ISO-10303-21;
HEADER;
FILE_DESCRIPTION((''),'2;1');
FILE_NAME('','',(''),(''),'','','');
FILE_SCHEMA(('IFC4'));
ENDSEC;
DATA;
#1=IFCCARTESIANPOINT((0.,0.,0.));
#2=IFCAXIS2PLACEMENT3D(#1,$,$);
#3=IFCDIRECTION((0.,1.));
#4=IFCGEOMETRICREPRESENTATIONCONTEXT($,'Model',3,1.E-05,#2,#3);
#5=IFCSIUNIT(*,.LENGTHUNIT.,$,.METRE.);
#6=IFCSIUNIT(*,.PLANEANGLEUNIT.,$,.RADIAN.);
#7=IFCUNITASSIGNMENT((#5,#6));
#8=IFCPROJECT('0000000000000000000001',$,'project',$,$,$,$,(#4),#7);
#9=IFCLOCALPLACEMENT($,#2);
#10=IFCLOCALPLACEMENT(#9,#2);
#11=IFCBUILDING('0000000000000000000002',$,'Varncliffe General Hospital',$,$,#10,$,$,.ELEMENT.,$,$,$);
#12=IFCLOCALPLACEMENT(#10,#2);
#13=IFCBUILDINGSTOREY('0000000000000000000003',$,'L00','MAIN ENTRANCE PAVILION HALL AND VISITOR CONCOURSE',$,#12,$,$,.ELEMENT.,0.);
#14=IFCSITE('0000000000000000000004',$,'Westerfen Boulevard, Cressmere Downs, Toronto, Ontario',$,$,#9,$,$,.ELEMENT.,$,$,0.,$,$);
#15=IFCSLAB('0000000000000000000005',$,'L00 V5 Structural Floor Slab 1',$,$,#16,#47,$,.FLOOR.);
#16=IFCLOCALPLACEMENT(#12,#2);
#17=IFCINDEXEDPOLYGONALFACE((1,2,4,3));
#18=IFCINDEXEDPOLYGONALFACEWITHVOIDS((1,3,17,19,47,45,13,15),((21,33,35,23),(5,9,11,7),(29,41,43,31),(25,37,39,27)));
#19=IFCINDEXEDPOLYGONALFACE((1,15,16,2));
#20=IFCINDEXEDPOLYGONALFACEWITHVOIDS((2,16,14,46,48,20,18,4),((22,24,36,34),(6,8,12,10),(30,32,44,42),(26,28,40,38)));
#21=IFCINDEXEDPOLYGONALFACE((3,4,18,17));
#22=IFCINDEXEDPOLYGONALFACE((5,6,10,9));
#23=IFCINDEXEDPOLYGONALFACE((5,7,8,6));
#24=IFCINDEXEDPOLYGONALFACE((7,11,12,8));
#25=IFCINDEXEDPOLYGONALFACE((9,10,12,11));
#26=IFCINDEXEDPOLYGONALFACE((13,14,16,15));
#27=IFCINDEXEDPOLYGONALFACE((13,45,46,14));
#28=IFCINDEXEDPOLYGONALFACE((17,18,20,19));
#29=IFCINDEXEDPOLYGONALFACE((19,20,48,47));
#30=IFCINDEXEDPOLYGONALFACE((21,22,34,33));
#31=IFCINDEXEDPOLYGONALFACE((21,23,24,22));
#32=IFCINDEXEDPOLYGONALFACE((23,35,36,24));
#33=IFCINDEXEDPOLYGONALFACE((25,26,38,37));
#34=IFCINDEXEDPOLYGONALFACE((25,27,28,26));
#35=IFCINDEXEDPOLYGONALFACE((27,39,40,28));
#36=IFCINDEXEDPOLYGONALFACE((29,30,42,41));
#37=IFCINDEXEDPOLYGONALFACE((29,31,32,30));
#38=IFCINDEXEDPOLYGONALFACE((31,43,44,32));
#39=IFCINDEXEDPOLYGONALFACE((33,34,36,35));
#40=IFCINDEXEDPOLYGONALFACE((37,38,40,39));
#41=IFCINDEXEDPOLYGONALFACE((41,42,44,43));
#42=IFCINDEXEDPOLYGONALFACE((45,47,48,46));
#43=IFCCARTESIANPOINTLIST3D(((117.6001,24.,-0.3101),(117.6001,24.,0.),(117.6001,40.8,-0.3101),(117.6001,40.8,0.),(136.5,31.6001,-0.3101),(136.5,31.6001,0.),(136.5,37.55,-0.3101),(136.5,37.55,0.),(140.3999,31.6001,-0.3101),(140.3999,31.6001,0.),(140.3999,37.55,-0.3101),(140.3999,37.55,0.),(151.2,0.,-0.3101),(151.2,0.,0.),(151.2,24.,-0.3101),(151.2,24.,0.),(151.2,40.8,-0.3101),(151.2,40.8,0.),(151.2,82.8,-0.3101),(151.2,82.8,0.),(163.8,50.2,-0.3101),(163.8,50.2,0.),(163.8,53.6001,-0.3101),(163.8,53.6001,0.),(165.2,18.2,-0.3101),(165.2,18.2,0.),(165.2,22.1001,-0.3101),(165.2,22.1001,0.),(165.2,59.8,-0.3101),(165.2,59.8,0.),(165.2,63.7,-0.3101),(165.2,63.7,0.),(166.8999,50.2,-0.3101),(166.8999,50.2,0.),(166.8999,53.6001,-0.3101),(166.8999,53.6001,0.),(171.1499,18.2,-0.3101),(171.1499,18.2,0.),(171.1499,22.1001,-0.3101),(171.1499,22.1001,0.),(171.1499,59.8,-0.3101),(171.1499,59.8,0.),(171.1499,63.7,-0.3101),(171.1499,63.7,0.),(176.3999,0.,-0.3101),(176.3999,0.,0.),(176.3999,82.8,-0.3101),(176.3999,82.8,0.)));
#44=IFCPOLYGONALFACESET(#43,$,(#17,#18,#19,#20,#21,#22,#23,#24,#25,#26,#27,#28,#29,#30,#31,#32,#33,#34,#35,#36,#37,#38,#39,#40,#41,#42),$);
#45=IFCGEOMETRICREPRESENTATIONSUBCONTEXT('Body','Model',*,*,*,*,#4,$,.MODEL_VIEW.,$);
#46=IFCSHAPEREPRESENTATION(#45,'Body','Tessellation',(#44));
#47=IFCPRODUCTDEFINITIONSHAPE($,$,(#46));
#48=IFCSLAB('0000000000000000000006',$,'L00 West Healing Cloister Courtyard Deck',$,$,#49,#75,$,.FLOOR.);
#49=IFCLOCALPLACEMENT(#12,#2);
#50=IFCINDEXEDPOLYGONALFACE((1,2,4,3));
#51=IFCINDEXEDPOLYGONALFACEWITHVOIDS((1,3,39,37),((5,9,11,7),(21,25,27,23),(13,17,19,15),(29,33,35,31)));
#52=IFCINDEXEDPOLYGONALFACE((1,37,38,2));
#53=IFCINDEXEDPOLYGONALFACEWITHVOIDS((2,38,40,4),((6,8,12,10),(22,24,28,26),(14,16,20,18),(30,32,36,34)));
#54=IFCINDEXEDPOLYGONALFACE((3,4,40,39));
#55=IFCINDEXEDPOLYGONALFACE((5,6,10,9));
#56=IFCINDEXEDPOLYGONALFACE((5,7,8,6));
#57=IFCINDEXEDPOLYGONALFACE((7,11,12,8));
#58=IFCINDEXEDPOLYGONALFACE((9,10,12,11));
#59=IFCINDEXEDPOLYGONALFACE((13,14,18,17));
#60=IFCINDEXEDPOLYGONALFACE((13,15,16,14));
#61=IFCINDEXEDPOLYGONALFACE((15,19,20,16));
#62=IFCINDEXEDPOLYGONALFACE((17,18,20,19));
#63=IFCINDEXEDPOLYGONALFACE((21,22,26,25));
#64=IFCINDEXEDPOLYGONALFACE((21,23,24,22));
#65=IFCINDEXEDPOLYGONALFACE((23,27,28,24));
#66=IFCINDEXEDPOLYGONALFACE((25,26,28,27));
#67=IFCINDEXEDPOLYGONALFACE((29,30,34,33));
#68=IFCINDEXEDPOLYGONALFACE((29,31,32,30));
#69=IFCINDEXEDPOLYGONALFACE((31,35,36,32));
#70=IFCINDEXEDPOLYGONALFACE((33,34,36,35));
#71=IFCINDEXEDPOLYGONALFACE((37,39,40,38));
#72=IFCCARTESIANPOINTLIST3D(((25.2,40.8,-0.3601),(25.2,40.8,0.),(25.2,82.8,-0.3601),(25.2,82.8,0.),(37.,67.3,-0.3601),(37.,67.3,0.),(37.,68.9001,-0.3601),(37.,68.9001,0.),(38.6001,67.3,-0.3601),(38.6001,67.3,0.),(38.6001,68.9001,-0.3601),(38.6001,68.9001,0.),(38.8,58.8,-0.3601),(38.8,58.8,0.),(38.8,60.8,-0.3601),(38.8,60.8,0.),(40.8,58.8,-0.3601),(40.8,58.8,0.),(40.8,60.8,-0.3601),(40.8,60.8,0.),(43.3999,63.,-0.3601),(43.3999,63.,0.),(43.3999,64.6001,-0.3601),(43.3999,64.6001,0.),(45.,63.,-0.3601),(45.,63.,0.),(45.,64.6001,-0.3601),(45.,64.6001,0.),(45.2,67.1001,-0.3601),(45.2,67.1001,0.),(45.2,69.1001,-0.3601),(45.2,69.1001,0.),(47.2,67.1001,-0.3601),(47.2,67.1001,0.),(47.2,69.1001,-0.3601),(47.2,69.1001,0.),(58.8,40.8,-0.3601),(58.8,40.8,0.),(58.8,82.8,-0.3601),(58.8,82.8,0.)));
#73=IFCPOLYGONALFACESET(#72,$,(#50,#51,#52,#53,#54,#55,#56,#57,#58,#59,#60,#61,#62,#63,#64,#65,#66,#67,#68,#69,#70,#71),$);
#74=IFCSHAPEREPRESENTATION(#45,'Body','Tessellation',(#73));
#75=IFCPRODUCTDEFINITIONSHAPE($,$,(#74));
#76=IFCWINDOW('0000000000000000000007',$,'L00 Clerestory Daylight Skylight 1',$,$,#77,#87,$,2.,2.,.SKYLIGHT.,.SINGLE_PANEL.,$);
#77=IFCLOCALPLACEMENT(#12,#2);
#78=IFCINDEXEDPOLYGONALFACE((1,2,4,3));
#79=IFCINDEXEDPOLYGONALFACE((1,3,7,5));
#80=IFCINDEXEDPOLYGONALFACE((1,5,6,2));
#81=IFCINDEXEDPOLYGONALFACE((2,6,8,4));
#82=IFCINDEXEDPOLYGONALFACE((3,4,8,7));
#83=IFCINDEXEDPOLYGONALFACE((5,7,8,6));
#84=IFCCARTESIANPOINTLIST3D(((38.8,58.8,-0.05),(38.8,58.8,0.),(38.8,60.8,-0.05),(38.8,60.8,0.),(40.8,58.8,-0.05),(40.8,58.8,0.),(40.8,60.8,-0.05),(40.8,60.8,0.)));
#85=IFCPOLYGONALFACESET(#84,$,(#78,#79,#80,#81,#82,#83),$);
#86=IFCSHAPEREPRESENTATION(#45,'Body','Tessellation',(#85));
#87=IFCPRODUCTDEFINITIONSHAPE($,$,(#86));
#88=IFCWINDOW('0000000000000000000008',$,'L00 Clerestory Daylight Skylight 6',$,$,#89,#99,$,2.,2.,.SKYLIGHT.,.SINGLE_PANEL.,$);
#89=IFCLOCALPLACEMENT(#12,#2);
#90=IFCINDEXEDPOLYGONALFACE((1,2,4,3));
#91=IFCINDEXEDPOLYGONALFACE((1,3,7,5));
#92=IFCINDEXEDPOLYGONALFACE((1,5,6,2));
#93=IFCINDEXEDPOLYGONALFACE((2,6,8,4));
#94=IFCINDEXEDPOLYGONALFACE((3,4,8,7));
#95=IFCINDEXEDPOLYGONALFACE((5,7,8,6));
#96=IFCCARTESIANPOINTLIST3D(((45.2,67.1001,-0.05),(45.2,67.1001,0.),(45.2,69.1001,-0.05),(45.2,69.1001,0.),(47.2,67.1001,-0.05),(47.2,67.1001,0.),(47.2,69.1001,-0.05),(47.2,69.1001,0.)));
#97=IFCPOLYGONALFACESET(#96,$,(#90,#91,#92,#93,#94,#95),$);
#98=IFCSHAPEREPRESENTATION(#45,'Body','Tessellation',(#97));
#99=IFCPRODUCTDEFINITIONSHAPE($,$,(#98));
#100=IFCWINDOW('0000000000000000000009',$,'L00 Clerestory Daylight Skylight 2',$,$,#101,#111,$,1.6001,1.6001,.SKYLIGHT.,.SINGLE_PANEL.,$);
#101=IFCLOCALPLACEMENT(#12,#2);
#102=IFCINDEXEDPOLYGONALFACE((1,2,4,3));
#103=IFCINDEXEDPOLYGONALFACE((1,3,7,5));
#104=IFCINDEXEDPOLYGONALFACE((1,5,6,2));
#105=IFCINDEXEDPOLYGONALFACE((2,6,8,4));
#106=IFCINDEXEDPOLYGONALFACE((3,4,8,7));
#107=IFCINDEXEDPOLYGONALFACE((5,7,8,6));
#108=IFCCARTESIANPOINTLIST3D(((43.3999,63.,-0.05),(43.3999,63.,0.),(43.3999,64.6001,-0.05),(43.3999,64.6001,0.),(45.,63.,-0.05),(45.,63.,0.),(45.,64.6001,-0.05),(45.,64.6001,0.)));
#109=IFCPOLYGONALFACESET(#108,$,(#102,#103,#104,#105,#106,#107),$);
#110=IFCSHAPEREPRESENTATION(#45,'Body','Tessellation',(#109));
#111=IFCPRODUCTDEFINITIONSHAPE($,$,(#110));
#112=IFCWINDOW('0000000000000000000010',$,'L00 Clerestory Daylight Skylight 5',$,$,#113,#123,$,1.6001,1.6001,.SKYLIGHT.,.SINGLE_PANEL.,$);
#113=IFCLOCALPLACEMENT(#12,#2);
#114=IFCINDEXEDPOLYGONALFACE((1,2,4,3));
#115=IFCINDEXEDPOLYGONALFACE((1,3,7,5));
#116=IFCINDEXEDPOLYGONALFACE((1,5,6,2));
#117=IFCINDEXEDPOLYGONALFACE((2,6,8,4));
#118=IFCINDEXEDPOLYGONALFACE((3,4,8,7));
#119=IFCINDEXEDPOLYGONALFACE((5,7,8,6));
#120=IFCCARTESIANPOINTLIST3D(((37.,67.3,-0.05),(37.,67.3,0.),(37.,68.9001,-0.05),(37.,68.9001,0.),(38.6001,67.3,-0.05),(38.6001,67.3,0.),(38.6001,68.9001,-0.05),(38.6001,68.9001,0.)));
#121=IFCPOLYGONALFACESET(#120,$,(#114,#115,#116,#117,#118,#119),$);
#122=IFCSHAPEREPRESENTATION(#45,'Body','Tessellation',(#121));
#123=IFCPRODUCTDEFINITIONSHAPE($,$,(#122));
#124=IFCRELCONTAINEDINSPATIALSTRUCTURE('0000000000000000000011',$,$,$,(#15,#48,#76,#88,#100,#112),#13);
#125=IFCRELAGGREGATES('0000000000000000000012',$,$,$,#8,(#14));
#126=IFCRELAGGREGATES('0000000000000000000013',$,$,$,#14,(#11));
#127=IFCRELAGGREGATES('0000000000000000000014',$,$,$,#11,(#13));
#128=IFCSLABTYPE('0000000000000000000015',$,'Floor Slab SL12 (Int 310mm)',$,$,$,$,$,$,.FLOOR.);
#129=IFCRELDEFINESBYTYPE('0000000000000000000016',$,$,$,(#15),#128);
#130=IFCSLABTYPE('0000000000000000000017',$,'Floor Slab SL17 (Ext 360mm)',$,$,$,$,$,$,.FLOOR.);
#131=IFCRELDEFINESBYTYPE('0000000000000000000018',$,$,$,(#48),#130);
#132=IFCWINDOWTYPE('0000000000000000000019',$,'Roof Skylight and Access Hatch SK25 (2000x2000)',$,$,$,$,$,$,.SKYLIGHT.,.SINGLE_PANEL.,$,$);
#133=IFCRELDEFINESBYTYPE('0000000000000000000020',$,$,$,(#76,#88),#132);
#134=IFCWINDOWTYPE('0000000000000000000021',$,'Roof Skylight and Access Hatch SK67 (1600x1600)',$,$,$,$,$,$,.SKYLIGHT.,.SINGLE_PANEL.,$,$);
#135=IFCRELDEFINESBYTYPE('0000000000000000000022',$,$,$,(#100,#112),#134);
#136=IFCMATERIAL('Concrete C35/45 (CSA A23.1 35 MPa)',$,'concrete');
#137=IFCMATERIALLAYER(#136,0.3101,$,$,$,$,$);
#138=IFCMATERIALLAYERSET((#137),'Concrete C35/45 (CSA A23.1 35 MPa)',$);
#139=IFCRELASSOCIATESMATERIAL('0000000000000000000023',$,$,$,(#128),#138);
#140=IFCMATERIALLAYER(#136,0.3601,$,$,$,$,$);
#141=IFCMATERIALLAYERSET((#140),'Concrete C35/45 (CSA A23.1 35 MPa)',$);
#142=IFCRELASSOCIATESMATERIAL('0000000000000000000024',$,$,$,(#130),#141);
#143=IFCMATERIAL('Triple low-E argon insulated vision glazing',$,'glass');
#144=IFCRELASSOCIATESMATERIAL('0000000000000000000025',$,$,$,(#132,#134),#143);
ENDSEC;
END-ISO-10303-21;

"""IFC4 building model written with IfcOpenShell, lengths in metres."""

from ifc_helpers import new_model, si_unit, direction, frame, origin, origin_2d, place, context, subcontext, project, spatial, polyline, rectangle, outline, extrude, material, layer, layer_set, type_object, element, fill, save


model = new_model("IFC4")

# Units and contexts
model_context = context("Model", 3, precision=1e-05, world=origin(), true_north=direction((0.0, 1.0)))
body_context = subcontext(model_context, "Body", "Model", "MODEL_VIEW")
ifc_project = project(units=[si_unit("LENGTHUNIT", "METRE"), si_unit("PLANEANGLEUNIT", "RADIAN")], contexts=[model_context])

# Site, building, storey
site_placement = place(None, origin())
site = spatial("IfcSite", under=ifc_project, at=site_placement, Name="Westerfen Boulevard, Cressmere Downs, Toronto, Ontario", CompositionType="ELEMENT", RefElevation=0.0)
building_placement = place(site_placement, origin())
building = spatial("IfcBuilding", under=site, at=building_placement, Name="Varncliffe General Hospital", CompositionType="ELEMENT")
storey_placement = place(building_placement, origin())
storey = spatial("IfcBuildingStorey", under=building, at=storey_placement, Name="L00", Description="MAIN ENTRANCE PAVILION HALL AND VISITOR CONCOURSE", CompositionType="ELEMENT", Elevation=0.0)

# Slab
ifc_material_1 = material(Name="Concrete C35/45 (CSA A23.1 35 MPa)", Category="concrete")
ifc_layer_1 = layer(ifc_material_1, 0.3101)
ifc_layer_set_1 = layer_set([ifc_layer_1], Name="Concrete C35/45 (CSA A23.1 35 MPa)")
slab_type_1 = type_object("IfcSlabType", Name="Floor Slab SL12 (Int 310mm)", PredefinedType="FLOOR", material=ifc_layer_set_1)
slab_1_placement = place(storey_placement, frame((0.0, 0.0, -0.3101)))
element("IfcSlab", 1, at=slab_1_placement, inside=storey, type_object=slab_type_1, Name="L00 V5 Structural Floor Slab 1", PredefinedType="FLOOR", context=body_context, shape_type="SweptSolid", body=[
    extrude(outline(polyline([(117.6001, 24.0), (117.6001, 40.8), (151.2, 40.8), (151.2, 82.8), (176.3999, 82.8), (176.3999, 0.0), (151.2, 0.0), (151.2, 24.0), (117.6001, 24.0)]), holes=[polyline([(165.2, 59.8), (171.1499, 59.8), (171.1499, 63.7), (165.2, 63.7), (165.2, 59.8)]), polyline([(165.2, 18.2), (171.1499, 18.2), (171.1499, 22.1001), (165.2, 22.1001), (165.2, 18.2)]), polyline([(140.3999, 31.6001), (140.3999, 37.55), (136.5, 37.55), (136.5, 31.6001), (140.3999, 31.6001)]), polyline([(163.8, 50.2), (166.8999, 50.2), (166.8999, 53.6001), (163.8, 53.6001), (163.8, 50.2)])]), origin(), (0.0, 0.0, 1.0), 0.3101),
])

# Slab, openings, windows
ifc_layer_2 = layer(ifc_material_1, 0.3601)
ifc_layer_set_2 = layer_set([ifc_layer_2], Name="Concrete C35/45 (CSA A23.1 35 MPa)")
slab_type_2 = type_object("IfcSlabType", Name="Floor Slab SL17 (Ext 360mm)", PredefinedType="FLOOR", material=ifc_layer_set_2)
slab_2_placement = place(storey_placement, frame((0.0, 0.0, -0.3601)))
slab_2 = element("IfcSlab", 2, at=slab_2_placement, inside=storey, type_object=slab_type_2, Name="L00 West Healing Cloister Courtyard Deck", PredefinedType="FLOOR", context=body_context, shape_type="SweptSolid", body=[
    extrude(outline(polyline([(25.2, 40.8), (58.8, 40.8), (58.8, 82.8), (25.2, 82.8), (25.2, 40.8)])), origin(), (0.0, 0.0, 1.0), 0.3601),
])
opening_1_placement = place(slab_2_placement, frame((39.8, 59.8, 0.0)))
opening_1 = element("IfcOpeningElement", 3, at=opening_1_placement, cuts=slab_2, PredefinedType="OPENING", context=body_context, shape_type="SweptSolid", body=[
    extrude(rectangle(XDim=2.0, YDim=2.0, at=origin_2d()), frame((0.0, 0.0, -0.01)), (0.0, 0.0, 1.0), 0.3801),
])
opening_2_placement = place(slab_2_placement, frame((44.2, 63.8, 0.0)))
opening_2 = element("IfcOpeningElement", 4, at=opening_2_placement, cuts=slab_2, PredefinedType="OPENING", context=body_context, shape_type="SweptSolid", body=[
    extrude(rectangle(XDim=1.6001, YDim=1.6001, at=origin_2d()), frame((0.0, 0.0, -0.01)), (0.0, 0.0, 1.0), 0.3801),
])
opening_3_placement = place(slab_2_placement, frame((37.8, 68.1001, 0.0)))
opening_3 = element("IfcOpeningElement", 5, at=opening_3_placement, cuts=slab_2, PredefinedType="OPENING", context=body_context, shape_type="SweptSolid", body=[
    extrude(rectangle(XDim=1.6001, YDim=1.6001, at=origin_2d()), frame((0.0, 0.0, -0.01)), (0.0, 0.0, 1.0), 0.3801),
])
opening_4_placement = place(slab_2_placement, frame((46.2, 68.1001, 0.0)))
opening_4 = element("IfcOpeningElement", 6, at=opening_4_placement, cuts=slab_2, PredefinedType="OPENING", context=body_context, shape_type="SweptSolid", body=[
    extrude(rectangle(XDim=2.0, YDim=2.0, at=origin_2d()), frame((0.0, 0.0, -0.01)), (0.0, 0.0, 1.0), 0.3801),
])
ifc_material_2 = material(Name="Triple low-E argon insulated vision glazing", Category="glass")
window_type_1 = type_object("IfcWindowType", Name="Roof Skylight and Access Hatch SK25 (2000x2000)", PartitioningType="SINGLE_PANEL", PredefinedType="SKYLIGHT", material=ifc_material_2)
window_1_placement = place(opening_1_placement, frame((0.0, 0.0, 0.3101)))
window_1 = element("IfcWindow", 7, at=window_1_placement, inside=storey, type_object=window_type_1, Name="L00 Clerestory Daylight Skylight 1", OverallHeight=2.0, OverallWidth=2.0, PartitioningType="SINGLE_PANEL", PredefinedType="SKYLIGHT", context=body_context, shape_type="SweptSolid", body=[
    extrude(rectangle(XDim=2.0, YDim=2.0, at=origin_2d()), origin(), (0.0, 0.0, 1.0), 0.05),
])
fill(opening_1, window_1)
window_2_placement = place(opening_4_placement, frame((0.0, 0.0, 0.3101)))
window_2 = element("IfcWindow", 8, at=window_2_placement, inside=storey, type_object=window_type_1, Name="L00 Clerestory Daylight Skylight 6", OverallHeight=2.0, OverallWidth=2.0, PartitioningType="SINGLE_PANEL", PredefinedType="SKYLIGHT", context=body_context, shape_type="SweptSolid", body=[
    extrude(rectangle(XDim=2.0, YDim=2.0, at=origin_2d()), origin(), (0.0, 0.0, 1.0), 0.05),
])
fill(opening_4, window_2)
window_type_2 = type_object("IfcWindowType", Name="Roof Skylight and Access Hatch SK67 (1600x1600)", PartitioningType="SINGLE_PANEL", PredefinedType="SKYLIGHT", material=ifc_material_2)
window_3_placement = place(opening_2_placement, frame((0.0, 0.0, 0.3101)))
window_3 = element("IfcWindow", 9, at=window_3_placement, inside=storey, type_object=window_type_2, Name="L00 Clerestory Daylight Skylight 2", OverallHeight=1.6001, OverallWidth=1.6001, PartitioningType="SINGLE_PANEL", PredefinedType="SKYLIGHT", context=body_context, shape_type="SweptSolid", body=[
    extrude(rectangle(XDim=1.6001, YDim=1.6001, at=origin_2d()), origin(), (0.0, 0.0, 1.0), 0.05),
])
fill(opening_2, window_3)
window_4_placement = place(opening_3_placement, frame((0.0, 0.0, 0.3101)))
window_4 = element("IfcWindow", 10, at=window_4_placement, inside=storey, type_object=window_type_2, Name="L00 Clerestory Daylight Skylight 5", OverallHeight=1.6001, OverallWidth=1.6001, PartitioningType="SINGLE_PANEL", PredefinedType="SKYLIGHT", context=body_context, shape_type="SweptSolid", body=[
    extrude(rectangle(XDim=1.6001, YDim=1.6001, at=origin_2d()), origin(), (0.0, 0.0, 1.0), 0.05),
])
fill(opening_3, window_4)

save(model, "model.ifc")
